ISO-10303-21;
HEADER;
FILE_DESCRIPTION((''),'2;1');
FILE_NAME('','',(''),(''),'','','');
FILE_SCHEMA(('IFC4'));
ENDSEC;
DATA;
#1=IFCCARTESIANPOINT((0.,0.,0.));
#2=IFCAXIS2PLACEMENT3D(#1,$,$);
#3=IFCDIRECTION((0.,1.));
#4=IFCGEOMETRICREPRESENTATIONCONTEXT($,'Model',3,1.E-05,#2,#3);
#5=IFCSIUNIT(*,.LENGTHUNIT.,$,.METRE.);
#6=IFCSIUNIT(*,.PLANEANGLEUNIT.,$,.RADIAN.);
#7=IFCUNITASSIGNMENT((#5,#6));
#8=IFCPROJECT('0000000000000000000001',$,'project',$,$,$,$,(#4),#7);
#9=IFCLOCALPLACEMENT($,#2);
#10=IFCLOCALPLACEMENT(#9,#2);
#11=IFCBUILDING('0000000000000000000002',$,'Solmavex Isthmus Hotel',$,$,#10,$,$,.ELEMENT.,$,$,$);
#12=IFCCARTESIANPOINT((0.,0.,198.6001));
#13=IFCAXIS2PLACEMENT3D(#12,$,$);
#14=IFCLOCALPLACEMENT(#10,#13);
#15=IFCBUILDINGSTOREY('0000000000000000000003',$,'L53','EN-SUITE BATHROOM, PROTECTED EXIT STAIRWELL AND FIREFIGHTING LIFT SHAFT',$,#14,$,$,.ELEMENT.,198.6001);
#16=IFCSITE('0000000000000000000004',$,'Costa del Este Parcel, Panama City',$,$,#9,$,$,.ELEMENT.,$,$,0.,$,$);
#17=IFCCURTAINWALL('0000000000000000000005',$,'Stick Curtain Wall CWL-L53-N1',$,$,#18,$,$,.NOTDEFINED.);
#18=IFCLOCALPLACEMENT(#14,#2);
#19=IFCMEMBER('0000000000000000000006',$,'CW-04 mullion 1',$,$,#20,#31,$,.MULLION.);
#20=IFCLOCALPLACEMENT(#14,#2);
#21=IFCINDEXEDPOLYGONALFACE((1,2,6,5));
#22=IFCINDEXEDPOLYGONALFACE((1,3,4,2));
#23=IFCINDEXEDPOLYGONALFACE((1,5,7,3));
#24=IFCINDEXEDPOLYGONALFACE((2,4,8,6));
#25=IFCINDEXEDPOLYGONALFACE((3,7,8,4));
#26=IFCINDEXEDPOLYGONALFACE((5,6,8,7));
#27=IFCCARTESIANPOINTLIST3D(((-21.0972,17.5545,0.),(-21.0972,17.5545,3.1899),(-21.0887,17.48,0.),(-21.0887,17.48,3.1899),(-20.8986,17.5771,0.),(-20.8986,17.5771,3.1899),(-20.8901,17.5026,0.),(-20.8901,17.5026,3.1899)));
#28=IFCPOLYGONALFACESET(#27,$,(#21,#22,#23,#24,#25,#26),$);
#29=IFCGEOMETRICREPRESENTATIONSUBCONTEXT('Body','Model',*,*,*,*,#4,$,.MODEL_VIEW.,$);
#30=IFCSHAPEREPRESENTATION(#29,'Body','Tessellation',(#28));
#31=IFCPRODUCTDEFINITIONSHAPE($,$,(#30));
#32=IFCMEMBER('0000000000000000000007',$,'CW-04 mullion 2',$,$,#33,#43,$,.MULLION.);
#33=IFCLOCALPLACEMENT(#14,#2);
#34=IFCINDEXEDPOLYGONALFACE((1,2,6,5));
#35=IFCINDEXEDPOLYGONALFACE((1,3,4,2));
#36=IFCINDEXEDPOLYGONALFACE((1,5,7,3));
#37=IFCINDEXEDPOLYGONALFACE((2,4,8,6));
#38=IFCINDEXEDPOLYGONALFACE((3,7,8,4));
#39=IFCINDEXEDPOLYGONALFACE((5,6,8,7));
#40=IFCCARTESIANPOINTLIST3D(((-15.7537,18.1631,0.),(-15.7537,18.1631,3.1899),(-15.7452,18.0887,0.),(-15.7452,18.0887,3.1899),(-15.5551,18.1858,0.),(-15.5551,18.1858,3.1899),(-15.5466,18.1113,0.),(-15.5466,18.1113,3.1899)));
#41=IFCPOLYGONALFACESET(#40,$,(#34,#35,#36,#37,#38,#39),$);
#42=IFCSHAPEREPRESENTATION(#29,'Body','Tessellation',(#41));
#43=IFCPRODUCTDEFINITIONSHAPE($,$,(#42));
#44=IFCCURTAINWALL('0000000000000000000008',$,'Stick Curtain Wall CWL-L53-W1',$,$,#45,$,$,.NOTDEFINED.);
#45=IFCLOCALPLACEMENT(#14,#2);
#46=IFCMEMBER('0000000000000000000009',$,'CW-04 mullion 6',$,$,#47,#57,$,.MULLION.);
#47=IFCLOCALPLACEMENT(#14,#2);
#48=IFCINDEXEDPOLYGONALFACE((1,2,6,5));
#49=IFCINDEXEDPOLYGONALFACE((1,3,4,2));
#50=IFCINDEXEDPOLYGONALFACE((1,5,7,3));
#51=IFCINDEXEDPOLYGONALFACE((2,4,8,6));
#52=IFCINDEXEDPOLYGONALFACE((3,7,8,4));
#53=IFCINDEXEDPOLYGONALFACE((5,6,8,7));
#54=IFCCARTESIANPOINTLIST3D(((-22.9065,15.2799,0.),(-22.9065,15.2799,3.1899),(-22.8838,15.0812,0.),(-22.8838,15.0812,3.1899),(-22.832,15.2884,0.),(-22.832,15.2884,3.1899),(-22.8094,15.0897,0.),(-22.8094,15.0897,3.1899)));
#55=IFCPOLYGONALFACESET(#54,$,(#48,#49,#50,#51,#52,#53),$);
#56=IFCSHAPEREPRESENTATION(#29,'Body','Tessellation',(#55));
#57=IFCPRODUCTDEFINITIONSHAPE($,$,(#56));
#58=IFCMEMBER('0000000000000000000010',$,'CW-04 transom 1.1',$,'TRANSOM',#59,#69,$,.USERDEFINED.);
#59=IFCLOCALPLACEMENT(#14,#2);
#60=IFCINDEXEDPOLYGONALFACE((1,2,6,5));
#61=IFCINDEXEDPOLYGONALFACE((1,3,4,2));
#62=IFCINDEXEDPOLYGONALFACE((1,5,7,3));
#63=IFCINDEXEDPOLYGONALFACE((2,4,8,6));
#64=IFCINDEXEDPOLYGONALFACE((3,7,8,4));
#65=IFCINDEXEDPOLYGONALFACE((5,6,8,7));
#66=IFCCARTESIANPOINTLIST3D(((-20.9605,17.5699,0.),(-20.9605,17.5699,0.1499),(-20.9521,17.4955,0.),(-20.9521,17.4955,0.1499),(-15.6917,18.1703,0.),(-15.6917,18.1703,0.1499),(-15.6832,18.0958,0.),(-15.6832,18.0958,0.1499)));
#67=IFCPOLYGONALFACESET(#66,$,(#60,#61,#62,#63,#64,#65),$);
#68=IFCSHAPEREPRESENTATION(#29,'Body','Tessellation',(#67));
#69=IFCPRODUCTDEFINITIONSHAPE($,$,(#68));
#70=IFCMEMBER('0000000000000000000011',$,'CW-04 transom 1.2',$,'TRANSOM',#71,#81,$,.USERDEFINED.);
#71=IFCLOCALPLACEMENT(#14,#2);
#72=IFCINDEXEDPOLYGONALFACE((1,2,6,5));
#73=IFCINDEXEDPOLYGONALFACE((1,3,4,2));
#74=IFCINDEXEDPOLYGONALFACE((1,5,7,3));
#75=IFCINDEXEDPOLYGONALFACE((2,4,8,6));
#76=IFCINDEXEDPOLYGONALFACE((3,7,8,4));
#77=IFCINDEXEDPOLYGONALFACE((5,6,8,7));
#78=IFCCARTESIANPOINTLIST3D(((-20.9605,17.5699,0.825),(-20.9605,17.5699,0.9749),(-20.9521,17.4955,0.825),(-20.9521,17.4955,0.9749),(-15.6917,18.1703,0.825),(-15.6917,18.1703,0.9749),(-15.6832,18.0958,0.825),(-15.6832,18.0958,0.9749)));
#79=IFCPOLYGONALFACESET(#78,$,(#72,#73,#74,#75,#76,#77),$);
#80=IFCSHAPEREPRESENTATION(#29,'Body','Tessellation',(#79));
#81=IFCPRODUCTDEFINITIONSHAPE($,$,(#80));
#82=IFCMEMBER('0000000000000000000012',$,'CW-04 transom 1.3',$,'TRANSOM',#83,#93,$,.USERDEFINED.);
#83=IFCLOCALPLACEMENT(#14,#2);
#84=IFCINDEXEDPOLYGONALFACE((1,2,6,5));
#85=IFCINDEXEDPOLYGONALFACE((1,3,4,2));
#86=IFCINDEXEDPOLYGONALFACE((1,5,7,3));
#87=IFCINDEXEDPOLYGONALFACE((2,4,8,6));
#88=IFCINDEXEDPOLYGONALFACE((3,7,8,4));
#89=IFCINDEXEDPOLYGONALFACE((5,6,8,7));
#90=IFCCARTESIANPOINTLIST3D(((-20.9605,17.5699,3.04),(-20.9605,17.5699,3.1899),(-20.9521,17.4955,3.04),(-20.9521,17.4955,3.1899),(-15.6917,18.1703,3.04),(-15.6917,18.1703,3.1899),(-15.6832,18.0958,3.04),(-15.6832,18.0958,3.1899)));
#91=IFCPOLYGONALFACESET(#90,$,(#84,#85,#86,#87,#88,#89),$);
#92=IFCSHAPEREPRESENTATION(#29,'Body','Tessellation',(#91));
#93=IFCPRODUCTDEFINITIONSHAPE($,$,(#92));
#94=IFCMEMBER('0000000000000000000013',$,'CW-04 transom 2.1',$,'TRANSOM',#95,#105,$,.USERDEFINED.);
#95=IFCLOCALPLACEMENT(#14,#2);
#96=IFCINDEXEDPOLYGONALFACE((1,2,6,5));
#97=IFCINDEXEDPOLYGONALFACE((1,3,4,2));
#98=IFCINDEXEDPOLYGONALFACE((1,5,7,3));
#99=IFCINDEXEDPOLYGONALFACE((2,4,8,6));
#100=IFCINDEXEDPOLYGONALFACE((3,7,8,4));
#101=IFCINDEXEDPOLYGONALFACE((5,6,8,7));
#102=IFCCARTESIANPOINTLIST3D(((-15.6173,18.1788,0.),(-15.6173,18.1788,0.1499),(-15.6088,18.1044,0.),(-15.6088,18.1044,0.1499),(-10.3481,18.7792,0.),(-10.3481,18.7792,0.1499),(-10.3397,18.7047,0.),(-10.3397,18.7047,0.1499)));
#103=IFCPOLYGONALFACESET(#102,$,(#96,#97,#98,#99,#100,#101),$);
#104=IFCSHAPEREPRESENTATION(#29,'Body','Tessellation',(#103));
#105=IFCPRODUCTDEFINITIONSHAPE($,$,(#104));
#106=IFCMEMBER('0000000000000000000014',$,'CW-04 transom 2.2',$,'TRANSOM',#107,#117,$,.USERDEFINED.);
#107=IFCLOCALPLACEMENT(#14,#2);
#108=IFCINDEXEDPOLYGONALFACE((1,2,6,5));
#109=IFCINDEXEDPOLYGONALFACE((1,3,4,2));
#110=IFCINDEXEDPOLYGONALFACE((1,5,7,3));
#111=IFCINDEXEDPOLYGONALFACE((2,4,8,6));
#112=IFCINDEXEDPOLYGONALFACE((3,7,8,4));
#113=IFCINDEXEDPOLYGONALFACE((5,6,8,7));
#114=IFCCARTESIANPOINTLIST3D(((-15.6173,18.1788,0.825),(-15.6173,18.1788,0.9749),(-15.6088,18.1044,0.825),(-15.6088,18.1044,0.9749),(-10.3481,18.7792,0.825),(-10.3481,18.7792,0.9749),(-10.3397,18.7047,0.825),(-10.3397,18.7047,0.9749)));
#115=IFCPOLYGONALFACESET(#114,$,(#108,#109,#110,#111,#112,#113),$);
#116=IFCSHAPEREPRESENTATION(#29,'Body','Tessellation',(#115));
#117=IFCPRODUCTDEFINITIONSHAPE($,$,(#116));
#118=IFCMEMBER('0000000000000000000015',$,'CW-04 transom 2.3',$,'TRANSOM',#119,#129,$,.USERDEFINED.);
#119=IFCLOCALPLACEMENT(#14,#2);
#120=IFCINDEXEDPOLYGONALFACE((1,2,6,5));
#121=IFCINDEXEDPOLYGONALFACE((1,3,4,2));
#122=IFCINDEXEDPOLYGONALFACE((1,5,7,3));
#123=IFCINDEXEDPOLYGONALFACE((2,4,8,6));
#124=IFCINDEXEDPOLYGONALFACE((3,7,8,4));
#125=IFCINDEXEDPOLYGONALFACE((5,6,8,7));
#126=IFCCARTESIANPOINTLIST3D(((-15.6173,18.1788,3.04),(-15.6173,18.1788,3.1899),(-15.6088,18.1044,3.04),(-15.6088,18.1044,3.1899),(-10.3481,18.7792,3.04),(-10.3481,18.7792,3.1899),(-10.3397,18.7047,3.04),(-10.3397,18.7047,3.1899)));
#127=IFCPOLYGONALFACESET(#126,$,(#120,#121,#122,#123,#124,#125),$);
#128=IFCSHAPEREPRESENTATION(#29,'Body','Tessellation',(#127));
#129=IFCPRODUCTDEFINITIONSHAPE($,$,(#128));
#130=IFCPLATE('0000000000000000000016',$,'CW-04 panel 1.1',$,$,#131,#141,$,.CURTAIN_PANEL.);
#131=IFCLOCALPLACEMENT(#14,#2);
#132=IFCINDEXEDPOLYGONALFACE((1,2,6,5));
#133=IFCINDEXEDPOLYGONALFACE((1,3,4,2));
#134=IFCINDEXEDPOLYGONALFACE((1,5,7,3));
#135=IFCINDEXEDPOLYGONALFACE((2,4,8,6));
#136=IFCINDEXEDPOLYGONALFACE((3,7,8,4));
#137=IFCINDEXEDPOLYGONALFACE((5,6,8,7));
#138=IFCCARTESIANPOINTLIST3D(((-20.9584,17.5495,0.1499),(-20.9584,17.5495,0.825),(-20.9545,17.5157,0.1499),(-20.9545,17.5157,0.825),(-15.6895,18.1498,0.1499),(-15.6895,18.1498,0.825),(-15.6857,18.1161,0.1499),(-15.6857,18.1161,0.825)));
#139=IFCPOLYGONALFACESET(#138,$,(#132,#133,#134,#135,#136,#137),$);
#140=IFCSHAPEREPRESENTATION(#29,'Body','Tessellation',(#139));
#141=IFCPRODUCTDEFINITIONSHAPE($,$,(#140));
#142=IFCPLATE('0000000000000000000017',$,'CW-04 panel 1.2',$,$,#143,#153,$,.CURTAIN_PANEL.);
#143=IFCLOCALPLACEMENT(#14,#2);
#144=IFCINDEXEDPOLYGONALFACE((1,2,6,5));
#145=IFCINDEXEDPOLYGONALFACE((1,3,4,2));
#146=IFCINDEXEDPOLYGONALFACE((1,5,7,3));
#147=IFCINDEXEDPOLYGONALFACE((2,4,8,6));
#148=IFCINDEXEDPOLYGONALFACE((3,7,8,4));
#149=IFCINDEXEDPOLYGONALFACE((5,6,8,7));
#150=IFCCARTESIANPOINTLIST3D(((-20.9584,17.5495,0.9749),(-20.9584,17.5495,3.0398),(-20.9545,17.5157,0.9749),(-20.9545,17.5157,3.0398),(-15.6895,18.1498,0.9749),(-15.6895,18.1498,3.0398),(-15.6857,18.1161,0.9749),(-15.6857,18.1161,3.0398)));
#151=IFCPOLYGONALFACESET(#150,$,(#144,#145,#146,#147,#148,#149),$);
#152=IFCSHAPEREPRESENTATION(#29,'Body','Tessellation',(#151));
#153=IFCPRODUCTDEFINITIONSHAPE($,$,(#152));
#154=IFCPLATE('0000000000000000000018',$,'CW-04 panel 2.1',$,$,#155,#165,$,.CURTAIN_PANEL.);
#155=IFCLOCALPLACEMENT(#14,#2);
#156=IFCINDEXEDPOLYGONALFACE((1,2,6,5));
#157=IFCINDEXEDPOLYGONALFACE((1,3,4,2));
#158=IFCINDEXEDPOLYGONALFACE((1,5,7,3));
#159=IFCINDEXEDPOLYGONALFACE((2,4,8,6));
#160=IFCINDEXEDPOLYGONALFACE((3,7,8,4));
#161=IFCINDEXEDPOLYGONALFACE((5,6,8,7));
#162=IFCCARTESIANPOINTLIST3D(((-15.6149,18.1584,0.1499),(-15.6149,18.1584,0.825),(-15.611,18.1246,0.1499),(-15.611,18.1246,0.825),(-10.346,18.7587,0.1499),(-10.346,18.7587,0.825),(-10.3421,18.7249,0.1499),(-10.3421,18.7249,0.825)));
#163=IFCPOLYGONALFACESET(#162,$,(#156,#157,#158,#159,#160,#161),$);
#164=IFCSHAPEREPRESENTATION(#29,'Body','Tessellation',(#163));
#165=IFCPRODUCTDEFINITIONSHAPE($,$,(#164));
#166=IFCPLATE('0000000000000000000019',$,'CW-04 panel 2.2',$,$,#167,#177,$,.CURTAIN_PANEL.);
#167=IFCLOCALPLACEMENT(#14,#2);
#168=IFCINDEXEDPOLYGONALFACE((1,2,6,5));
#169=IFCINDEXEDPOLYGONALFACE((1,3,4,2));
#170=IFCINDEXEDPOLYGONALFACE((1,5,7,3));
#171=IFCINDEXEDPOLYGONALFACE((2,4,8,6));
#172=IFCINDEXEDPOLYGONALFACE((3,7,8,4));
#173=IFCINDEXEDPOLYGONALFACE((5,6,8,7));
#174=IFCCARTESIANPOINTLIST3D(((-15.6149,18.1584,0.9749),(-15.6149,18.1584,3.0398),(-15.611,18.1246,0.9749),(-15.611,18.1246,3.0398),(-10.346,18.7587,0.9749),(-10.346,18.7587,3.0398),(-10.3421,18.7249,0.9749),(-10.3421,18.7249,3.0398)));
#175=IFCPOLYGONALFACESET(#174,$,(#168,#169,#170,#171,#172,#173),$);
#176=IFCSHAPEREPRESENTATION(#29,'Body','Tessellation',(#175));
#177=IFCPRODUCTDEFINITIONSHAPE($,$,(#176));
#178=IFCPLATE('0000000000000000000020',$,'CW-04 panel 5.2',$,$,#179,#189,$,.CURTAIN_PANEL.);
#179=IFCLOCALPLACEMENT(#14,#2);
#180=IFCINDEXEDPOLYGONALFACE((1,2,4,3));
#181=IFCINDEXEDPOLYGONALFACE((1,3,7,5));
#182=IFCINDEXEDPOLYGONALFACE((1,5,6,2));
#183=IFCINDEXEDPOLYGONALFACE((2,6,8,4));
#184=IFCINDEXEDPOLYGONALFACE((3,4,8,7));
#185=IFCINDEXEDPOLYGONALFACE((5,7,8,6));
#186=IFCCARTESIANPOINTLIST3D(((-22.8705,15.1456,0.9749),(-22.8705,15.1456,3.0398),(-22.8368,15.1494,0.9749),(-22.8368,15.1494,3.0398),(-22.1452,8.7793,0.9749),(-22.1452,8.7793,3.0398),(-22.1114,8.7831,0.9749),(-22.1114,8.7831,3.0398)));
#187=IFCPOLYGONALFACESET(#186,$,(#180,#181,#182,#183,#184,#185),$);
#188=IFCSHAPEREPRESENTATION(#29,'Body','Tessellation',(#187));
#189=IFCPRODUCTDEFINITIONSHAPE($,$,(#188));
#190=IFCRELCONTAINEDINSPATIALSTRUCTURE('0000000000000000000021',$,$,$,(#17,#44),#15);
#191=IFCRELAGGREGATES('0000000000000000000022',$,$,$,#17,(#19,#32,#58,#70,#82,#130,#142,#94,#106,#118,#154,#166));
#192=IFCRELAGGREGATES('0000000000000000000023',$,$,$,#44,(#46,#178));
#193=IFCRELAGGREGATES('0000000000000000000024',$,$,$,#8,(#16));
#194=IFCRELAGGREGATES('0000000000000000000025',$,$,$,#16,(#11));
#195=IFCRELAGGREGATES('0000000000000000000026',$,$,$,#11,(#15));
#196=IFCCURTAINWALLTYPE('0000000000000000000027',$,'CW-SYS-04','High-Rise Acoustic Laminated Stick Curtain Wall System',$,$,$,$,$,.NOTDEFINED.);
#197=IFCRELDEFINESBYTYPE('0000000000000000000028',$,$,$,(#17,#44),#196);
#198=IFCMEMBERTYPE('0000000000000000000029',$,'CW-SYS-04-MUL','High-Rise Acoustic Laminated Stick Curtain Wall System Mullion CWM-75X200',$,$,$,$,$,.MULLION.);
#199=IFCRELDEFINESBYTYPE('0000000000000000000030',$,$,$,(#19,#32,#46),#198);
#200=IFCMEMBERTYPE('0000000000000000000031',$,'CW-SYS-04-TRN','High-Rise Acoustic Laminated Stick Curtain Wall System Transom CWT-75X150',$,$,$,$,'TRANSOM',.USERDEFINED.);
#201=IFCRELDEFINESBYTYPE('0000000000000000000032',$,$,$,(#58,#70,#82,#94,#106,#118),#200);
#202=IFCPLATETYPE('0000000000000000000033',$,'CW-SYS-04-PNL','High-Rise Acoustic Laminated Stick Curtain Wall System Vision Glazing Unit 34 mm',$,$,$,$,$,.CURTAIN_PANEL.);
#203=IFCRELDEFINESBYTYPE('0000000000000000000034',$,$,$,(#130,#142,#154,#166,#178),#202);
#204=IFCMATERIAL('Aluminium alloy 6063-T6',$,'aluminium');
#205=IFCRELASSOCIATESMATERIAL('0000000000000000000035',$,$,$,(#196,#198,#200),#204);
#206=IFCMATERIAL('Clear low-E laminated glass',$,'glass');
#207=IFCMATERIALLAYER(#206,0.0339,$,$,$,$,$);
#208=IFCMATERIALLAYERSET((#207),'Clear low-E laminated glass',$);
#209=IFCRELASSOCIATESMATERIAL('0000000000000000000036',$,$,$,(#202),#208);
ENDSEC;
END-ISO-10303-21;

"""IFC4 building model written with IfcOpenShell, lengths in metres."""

from ifc_helpers import new_model, si_unit, direction, frame, origin, origin_2d, place, context, subcontext, project, spatial, rectangle, extrude, material, layer, layer_set, material_profile, profile_set, type_object, element, aggregate, save


model = new_model("IFC4")

# Units and contexts
model_context = context("Model", 3, precision=1e-05, world=origin(), true_north=direction((0.0, 1.0)))
body_context = subcontext(model_context, "Body", "Model", "MODEL_VIEW")
ifc_project = project(units=[si_unit("LENGTHUNIT", "METRE"), si_unit("PLANEANGLEUNIT", "RADIAN")], contexts=[model_context])

# Site, building, storey
site_placement = place(None, origin())
site = spatial("IfcSite", under=ifc_project, at=site_placement, Name="Costa del Este Parcel, Panama City", CompositionType="ELEMENT", RefElevation=0.0)
building_placement = place(site_placement, origin())
building = spatial("IfcBuilding", under=site, at=building_placement, Name="Solmavex Isthmus Hotel", CompositionType="ELEMENT")
storey_placement = place(building_placement, frame((0.0, 0.0, 198.6001)))
storey = spatial("IfcBuildingStorey", under=building, at=storey_placement, Name="L53", Description="EN-SUITE BATHROOM, PROTECTED EXIT STAIRWELL AND FIREFIGHTING LIFT SHAFT", CompositionType="ELEMENT", Elevation=198.6001)

# Curtain wall, members
ifc_material_1 = material(Name="Aluminium alloy 6063-T6", Category="aluminium")
curtain_wall_type = type_object("IfcCurtainWallType", Name="CW-SYS-04", Description="High-Rise Acoustic Laminated Stick Curtain Wall System", PredefinedType="NOTDEFINED", material=ifc_material_1)
curtain_wall_1_placement = place(storey_placement, origin())
curtain_wall_1 = element("IfcCurtainWall", 1, at=curtain_wall_1_placement, inside=storey, type_object=curtain_wall_type, Name="Stick Curtain Wall CWL-L53-N1", PredefinedType="NOTDEFINED")
ifc_material_profile_1 = material_profile(ifc_material_1, rectangle(XDim=0.075, YDim=0.2, at=origin_2d()), Name="CWM-75X200")
ifc_profile_set_1 = profile_set([ifc_material_profile_1], Name="Aluminium alloy 6063-T6")
member_type_1 = type_object("IfcMemberType", Name="CW-SYS-04-MUL", Description="High-Rise Acoustic Laminated Stick Curtain Wall System Mullion CWM-75X200", PredefinedType="MULLION", material=ifc_profile_set_1)
member_1_placement = place(storey_placement, frame((-20.9937, 17.5286, 0.0), z_axis=(0.0, 0.0, 1.0), x_axis=(-0.113203, 0.993572, 0.0)))
member_1 = element("IfcMember", 2, at=member_1_placement, type_object=member_type_1, Name="CW-04 mullion 1", PredefinedType="MULLION", context=body_context, shape_type="SweptSolid", body=[
    extrude(rectangle(XDim=0.075, YDim=0.2, at=origin_2d()), origin(), (0.0, 0.0, 1.0), 3.1899),
])
member_2_placement = place(storey_placement, frame((-15.6501, 18.1372, 0.0), z_axis=(0.0, 0.0, 1.0), x_axis=(-0.113203, 0.993572, 0.0)))
member_2 = element("IfcMember", 3, at=member_2_placement, type_object=member_type_1, Name="CW-04 mullion 2", PredefinedType="MULLION", context=body_context, shape_type="SweptSolid", body=[
    extrude(rectangle(XDim=0.075, YDim=0.2, at=origin_2d()), origin(), (0.0, 0.0, 1.0), 3.1899),
])

# Curtain wall, member
curtain_wall_2_placement = place(storey_placement, origin())
curtain_wall_2 = element("IfcCurtainWall", 4, at=curtain_wall_2_placement, inside=storey, type_object=curtain_wall_type, Name="Stick Curtain Wall CWL-L53-W1", PredefinedType="NOTDEFINED")
member_3_placement = place(storey_placement, frame((-22.8579, 15.1848, 0.0), z_axis=(0.0, 0.0, 1.0), x_axis=(-0.993572, -0.113203, 0.0)))
member_3 = element("IfcMember", 5, at=member_3_placement, type_object=member_type_1, Name="CW-04 mullion 6", PredefinedType="MULLION", context=body_context, shape_type="SweptSolid", body=[
    extrude(rectangle(XDim=0.075, YDim=0.2, at=origin_2d()), origin(), (0.0, 0.0, 1.0), 3.1899),
])

# Members
ifc_material_profile_2 = material_profile(ifc_material_1, rectangle(XDim=0.075, YDim=0.1499, at=origin_2d()), Name="CWT-75X150")
ifc_profile_set_2 = profile_set([ifc_material_profile_2], Name="Aluminium alloy 6063-T6")
member_type_2 = type_object("IfcMemberType", Name="CW-SYS-04-TRN", Description="High-Rise Acoustic Laminated Stick Curtain Wall System Transom CWT-75X150", ElementType="TRANSOM", PredefinedType="USERDEFINED", material=ifc_profile_set_2)
member_4_placement = place(storey_placement, frame((-20.9563, 17.5327, 0.075), z_axis=(0.993571, 0.11321, 0.0), x_axis=(-0.11321, 0.993571, 0.0)))
member_4 = element("IfcMember", 6, at=member_4_placement, type_object=member_type_2, Name="CW-04 transom 1.1", ObjectType="TRANSOM", PredefinedType="USERDEFINED", context=body_context, shape_type="SweptSolid", body=[
    extrude(rectangle(XDim=0.075, YDim=0.1499, at=origin_2d()), origin(), (0.0, 0.0, 1.0), 5.303),
])
member_5_placement = place(storey_placement, frame((-20.9563, 17.5327, 0.8999), z_axis=(0.993571, 0.11321, 0.0), x_axis=(-0.11321, 0.993571, 0.0)))
member_5 = element("IfcMember", 7, at=member_5_placement, type_object=member_type_2, Name="CW-04 transom 1.2", ObjectType="TRANSOM", PredefinedType="USERDEFINED", context=body_context, shape_type="SweptSolid", body=[
    extrude(rectangle(XDim=0.075, YDim=0.1499, at=origin_2d()), origin(), (0.0, 0.0, 1.0), 5.303),
])
member_6_placement = place(storey_placement, frame((-20.9563, 17.5327, 3.115), z_axis=(0.993571, 0.11321, 0.0), x_axis=(-0.11321, 0.993571, 0.0)))
member_6 = element("IfcMember", 8, at=member_6_placement, type_object=member_type_2, Name="CW-04 transom 1.3", ObjectType="TRANSOM", PredefinedType="USERDEFINED", context=body_context, shape_type="SweptSolid", body=[
    extrude(rectangle(XDim=0.075, YDim=0.1499, at=origin_2d()), origin(), (0.0, 0.0, 1.0), 5.303),
])
member_7_placement = place(storey_placement, frame((-15.613, 18.1416, 0.075), z_axis=(0.993572, 0.113205, 0.0), x_axis=(-0.113205, 0.993572, 0.0)))
member_7 = element("IfcMember", 9, at=member_7_placement, type_object=member_type_2, Name="CW-04 transom 2.1", ObjectType="TRANSOM", PredefinedType="USERDEFINED", context=body_context, shape_type="SweptSolid", body=[
    extrude(rectangle(XDim=0.075, YDim=0.1499, at=origin_2d()), origin(), (0.0, 0.0, 1.0), 5.3032),
])
member_8_placement = place(storey_placement, frame((-15.613, 18.1416, 0.8999), z_axis=(0.993572, 0.113205, 0.0), x_axis=(-0.113205, 0.993572, 0.0)))
member_8 = element("IfcMember", 10, at=member_8_placement, type_object=member_type_2, Name="CW-04 transom 2.2", ObjectType="TRANSOM", PredefinedType="USERDEFINED", context=body_context, shape_type="SweptSolid", body=[
    extrude(rectangle(XDim=0.075, YDim=0.1499, at=origin_2d()), origin(), (0.0, 0.0, 1.0), 5.3032),
])
member_9_placement = place(storey_placement, frame((-15.613, 18.1416, 3.115), z_axis=(0.993572, 0.113205, 0.0), x_axis=(-0.113205, 0.993572, 0.0)))
member_9 = element("IfcMember", 11, at=member_9_placement, type_object=member_type_2, Name="CW-04 transom 2.3", ObjectType="TRANSOM", PredefinedType="USERDEFINED", context=body_context, shape_type="SweptSolid", body=[
    extrude(rectangle(XDim=0.075, YDim=0.1499, at=origin_2d()), origin(), (0.0, 0.0, 1.0), 5.3032),
])

# Plates
ifc_material_2 = material(Name="Clear low-E laminated glass", Category="glass")
ifc_layer_1 = layer(ifc_material_2, 0.0339)
ifc_layer_set_1 = layer_set([ifc_layer_1], Name="Clear low-E laminated glass")
plate_type = type_object("IfcPlateType", Name="CW-SYS-04-PNL", Description="High-Rise Acoustic Laminated Stick Curtain Wall System Vision Glazing Unit 34 mm", PredefinedType="CURTAIN_PANEL", material=ifc_layer_set_1)
plate_1_placement = place(storey_placement, frame((-18.322, 17.8328, 0.1499), z_axis=(0.0, 0.0, 1.0), x_axis=(0.993572, 0.113203, 0.0)))
plate_1 = element("IfcPlate", 12, at=plate_1_placement, type_object=plate_type, Name="CW-04 panel 1.1", PredefinedType="CURTAIN_PANEL", context=body_context, shape_type="SweptSolid", body=[
    extrude(rectangle(XDim=5.303, YDim=0.0339, at=origin_2d()), origin(), (0.0, 0.0, 1.0), 0.675),
])
plate_2_placement = place(storey_placement, frame((-18.322, 17.8328, 0.9749), z_axis=(0.0, 0.0, 1.0), x_axis=(0.993572, 0.113203, 0.0)))
plate_2 = element("IfcPlate", 13, at=plate_2_placement, type_object=plate_type, Name="CW-04 panel 1.2", PredefinedType="CURTAIN_PANEL", context=body_context, shape_type="SweptSolid", body=[
    extrude(rectangle(XDim=5.303, YDim=0.0339, at=origin_2d()), origin(), (0.0, 0.0, 1.0), 2.0649),
])
plate_3_placement = place(storey_placement, frame((-12.9785, 18.4417, 0.1499), z_axis=(0.0, 0.0, 1.0), x_axis=(0.993572, 0.113203, 0.0)))
plate_3 = element("IfcPlate", 14, at=plate_3_placement, type_object=plate_type, Name="CW-04 panel 2.1", PredefinedType="CURTAIN_PANEL", context=body_context, shape_type="SweptSolid", body=[
    extrude(rectangle(XDim=5.303, YDim=0.0339, at=origin_2d()), origin(), (0.0, 0.0, 1.0), 0.675),
])
plate_4_placement = place(storey_placement, frame((-12.9785, 18.4417, 0.9749), z_axis=(0.0, 0.0, 1.0), x_axis=(0.993572, 0.113203, 0.0)))
plate_4 = element("IfcPlate", 15, at=plate_4_placement, type_object=plate_type, Name="CW-04 panel 2.2", PredefinedType="CURTAIN_PANEL", context=body_context, shape_type="SweptSolid", body=[
    extrude(rectangle(XDim=5.303, YDim=0.0339, at=origin_2d()), origin(), (0.0, 0.0, 1.0), 2.0649),
])
aggregate(curtain_wall_1, [member_1, member_2, member_4, member_5, member_6, plate_1, plate_2, member_7, member_8, member_9, plate_3, plate_4])
plate_5_placement = place(storey_placement, frame((-22.491, 11.9644, 0.9749), z_axis=(0.0, 0.0, 1.0), x_axis=(-0.113203, 0.993572, 0.0)))
plate_5 = element("IfcPlate", 16, at=plate_5_placement, type_object=plate_type, Name="CW-04 panel 5.2", PredefinedType="CURTAIN_PANEL", context=body_context, shape_type="SweptSolid", body=[
    extrude(rectangle(XDim=6.4075, YDim=0.0339, at=origin_2d()), origin(), (0.0, 0.0, 1.0), 2.0649),
])
aggregate(curtain_wall_2, [member_3, plate_5])

save(model, "model.ifc")
